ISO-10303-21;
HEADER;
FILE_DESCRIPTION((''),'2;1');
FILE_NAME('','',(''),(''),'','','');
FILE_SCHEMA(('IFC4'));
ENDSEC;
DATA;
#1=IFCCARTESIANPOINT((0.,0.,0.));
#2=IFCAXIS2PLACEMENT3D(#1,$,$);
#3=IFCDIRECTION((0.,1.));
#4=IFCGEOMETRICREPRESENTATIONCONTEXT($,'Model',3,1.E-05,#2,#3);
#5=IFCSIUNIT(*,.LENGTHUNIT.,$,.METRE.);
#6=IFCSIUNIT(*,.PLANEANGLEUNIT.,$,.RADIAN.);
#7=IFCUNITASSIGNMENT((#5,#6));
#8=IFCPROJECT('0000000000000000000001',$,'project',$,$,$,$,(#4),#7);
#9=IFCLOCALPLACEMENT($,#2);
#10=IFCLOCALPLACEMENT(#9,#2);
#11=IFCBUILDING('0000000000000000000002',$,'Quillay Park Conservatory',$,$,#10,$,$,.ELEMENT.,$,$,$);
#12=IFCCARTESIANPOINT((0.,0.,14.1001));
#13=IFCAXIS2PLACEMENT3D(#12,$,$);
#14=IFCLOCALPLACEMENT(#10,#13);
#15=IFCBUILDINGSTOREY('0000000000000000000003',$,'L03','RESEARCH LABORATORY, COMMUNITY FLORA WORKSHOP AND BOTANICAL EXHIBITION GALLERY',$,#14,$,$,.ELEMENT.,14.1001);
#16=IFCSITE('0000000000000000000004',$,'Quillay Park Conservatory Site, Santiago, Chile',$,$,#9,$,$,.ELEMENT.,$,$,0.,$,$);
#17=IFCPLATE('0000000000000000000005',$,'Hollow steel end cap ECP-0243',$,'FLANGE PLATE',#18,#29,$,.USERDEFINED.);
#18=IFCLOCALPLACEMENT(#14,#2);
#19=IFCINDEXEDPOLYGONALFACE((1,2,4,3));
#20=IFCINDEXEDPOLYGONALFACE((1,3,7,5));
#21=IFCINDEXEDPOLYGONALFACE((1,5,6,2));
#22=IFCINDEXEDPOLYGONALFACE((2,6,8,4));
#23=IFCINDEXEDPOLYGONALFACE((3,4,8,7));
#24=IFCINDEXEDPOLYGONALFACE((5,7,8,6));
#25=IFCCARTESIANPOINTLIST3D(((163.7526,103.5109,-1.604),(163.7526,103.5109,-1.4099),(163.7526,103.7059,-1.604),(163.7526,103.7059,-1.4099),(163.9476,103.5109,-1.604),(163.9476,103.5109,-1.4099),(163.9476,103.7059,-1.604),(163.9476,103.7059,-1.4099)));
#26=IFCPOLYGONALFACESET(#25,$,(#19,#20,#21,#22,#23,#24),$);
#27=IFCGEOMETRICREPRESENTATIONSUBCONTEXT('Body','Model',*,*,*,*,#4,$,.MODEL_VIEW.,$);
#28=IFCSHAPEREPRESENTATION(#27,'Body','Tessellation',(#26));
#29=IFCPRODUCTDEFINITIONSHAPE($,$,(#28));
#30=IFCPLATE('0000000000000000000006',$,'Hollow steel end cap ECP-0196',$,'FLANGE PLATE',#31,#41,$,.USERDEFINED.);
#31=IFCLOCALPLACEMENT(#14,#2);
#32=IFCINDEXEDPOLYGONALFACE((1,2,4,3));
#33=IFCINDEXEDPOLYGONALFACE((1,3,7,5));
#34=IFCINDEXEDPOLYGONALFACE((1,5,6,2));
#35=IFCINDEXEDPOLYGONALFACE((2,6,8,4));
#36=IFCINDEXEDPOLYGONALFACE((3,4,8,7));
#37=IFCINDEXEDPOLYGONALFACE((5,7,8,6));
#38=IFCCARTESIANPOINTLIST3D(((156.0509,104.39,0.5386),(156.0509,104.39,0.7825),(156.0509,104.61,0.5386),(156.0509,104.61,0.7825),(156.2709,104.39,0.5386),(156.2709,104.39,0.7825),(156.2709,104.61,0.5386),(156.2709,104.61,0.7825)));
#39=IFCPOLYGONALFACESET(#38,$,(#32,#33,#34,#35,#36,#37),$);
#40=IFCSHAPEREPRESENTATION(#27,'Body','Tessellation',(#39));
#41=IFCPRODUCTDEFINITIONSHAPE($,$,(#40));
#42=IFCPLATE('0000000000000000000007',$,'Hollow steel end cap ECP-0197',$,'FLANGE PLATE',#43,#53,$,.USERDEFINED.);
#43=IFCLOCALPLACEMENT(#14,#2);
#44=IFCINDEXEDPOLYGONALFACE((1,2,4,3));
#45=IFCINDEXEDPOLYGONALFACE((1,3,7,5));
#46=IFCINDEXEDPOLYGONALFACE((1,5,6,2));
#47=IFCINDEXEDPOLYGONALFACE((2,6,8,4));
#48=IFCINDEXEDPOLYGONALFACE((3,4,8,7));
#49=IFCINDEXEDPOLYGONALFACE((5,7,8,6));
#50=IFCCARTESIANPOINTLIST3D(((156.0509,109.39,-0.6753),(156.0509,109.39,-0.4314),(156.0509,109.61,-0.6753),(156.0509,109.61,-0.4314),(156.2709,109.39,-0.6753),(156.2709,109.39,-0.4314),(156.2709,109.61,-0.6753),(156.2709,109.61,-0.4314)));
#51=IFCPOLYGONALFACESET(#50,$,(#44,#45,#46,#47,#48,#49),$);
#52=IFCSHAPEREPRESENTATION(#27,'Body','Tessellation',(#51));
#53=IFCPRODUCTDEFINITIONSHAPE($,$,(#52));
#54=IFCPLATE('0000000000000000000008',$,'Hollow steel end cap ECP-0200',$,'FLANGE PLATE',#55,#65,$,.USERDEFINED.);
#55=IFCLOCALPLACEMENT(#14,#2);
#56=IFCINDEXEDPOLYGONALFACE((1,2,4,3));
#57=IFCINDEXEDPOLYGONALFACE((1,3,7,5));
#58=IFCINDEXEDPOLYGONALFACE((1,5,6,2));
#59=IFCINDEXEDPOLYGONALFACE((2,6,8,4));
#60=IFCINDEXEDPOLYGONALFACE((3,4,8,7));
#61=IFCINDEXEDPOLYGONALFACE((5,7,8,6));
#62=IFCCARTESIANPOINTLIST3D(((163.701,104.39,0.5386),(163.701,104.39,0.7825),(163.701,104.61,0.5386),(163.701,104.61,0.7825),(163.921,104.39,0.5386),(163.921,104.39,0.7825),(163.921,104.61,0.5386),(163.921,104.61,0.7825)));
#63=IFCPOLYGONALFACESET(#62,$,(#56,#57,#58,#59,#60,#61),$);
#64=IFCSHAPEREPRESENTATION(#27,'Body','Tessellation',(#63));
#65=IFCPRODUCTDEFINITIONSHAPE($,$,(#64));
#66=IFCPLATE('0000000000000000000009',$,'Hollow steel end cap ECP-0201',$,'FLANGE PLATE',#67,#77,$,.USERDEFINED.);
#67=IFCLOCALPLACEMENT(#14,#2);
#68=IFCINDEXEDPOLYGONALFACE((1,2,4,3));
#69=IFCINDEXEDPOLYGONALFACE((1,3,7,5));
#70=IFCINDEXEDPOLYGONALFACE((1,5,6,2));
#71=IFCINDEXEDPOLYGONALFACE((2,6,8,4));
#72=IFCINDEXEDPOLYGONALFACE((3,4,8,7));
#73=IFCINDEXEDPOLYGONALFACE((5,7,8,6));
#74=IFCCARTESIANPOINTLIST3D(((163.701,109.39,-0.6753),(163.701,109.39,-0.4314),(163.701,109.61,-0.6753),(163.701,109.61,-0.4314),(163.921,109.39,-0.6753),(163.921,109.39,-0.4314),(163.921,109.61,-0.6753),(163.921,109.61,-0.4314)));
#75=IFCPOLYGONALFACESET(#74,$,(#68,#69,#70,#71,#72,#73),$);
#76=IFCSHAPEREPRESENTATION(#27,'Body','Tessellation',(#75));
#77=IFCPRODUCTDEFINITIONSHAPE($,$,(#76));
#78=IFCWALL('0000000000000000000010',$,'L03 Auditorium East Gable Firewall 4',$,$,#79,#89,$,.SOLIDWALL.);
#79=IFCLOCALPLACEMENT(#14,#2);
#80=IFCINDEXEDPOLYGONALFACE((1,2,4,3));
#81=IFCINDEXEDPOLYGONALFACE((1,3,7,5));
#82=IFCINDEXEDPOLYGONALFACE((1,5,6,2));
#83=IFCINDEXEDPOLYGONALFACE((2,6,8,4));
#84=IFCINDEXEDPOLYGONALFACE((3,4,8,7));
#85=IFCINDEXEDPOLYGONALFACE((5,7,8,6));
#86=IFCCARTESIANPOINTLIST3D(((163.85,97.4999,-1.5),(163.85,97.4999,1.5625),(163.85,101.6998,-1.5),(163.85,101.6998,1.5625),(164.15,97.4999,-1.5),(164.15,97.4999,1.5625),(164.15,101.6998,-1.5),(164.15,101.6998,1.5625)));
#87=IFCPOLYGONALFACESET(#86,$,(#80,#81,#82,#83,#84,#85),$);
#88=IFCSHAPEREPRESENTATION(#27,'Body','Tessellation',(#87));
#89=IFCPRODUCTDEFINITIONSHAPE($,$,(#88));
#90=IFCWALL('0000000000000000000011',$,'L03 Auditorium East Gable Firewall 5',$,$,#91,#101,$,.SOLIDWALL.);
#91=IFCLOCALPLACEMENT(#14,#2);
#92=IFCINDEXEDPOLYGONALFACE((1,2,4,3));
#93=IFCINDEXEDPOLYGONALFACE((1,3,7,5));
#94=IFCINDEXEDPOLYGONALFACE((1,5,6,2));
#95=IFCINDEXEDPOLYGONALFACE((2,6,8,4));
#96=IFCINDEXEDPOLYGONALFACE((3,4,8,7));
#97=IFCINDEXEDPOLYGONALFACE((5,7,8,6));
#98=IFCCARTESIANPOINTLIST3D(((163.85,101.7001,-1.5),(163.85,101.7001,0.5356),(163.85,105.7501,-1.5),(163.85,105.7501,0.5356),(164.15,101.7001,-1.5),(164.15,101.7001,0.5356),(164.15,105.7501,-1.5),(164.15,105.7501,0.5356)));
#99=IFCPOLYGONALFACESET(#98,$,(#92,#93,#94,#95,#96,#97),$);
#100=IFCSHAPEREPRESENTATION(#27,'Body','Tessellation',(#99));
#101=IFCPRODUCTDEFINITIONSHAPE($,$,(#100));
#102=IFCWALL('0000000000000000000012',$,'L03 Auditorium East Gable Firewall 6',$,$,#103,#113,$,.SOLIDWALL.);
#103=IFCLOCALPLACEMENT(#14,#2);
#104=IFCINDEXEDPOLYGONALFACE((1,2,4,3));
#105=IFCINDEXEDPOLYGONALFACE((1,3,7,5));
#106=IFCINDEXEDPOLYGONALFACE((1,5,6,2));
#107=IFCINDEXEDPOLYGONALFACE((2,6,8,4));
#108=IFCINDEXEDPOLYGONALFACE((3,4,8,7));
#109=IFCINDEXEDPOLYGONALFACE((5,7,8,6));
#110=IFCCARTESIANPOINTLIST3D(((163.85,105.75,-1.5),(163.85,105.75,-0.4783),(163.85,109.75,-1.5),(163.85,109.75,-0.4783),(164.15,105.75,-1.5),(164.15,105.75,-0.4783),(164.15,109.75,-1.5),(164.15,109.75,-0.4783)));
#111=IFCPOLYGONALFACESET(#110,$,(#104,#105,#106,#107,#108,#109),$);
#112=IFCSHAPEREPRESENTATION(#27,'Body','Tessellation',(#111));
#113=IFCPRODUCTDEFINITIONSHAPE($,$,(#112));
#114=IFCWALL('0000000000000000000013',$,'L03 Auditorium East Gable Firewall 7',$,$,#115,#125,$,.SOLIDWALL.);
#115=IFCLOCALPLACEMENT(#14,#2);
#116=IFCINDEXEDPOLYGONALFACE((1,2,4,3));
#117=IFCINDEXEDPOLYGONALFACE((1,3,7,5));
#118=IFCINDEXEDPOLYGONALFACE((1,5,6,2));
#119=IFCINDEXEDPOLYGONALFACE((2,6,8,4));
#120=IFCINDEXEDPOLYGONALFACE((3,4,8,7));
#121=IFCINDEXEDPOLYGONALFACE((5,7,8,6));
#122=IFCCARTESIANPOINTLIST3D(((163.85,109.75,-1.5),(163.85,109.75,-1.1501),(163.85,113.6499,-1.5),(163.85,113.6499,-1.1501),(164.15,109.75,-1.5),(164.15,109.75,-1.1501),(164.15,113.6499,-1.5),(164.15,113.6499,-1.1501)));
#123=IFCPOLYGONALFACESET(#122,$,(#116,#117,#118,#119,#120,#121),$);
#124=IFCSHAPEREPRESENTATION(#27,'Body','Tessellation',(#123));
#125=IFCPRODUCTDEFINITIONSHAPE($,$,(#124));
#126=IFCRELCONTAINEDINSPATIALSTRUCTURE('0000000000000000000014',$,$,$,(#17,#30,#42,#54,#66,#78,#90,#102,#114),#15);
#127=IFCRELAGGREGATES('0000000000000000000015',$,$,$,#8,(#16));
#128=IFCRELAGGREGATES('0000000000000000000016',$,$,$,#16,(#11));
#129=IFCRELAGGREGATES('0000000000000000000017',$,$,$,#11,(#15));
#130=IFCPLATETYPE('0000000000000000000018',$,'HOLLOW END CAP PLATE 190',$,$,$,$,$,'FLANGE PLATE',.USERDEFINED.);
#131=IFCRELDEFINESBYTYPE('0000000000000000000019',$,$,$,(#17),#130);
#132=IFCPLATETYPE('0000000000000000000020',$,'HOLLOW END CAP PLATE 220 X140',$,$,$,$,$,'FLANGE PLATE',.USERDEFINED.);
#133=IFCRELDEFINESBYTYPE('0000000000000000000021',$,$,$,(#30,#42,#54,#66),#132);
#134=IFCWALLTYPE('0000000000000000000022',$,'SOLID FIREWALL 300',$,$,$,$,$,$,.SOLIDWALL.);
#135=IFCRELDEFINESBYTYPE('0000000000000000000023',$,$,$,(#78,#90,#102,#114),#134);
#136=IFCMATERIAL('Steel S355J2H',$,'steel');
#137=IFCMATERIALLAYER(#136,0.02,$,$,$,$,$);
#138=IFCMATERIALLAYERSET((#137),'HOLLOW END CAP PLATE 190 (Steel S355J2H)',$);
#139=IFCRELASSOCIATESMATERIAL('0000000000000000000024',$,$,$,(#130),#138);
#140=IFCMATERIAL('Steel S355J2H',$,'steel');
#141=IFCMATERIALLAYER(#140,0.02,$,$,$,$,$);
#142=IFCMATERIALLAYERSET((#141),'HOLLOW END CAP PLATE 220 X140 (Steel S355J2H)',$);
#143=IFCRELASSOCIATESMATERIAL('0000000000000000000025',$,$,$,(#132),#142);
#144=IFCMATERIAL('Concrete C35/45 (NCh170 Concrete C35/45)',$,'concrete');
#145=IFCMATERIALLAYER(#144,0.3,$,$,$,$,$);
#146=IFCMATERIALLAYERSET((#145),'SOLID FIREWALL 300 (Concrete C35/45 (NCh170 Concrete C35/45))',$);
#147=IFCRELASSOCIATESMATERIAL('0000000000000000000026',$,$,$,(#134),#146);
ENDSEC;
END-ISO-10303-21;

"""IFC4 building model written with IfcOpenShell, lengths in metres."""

from ifc_helpers import new_model, si_unit, direction, frame, frame_2d, origin, origin_2d, place, context, subcontext, project, spatial, rectangle, extrude, material, layer, layer_set, type_object, element, save


model = new_model("IFC4")

# Units and contexts
model_context = context("Model", 3, precision=1e-05, world=origin(), true_north=direction((0.0, 1.0)))
body_context = subcontext(model_context, "Body", "Model", "MODEL_VIEW")
ifc_project = project(units=[si_unit("LENGTHUNIT", "METRE"), si_unit("PLANEANGLEUNIT", "RADIAN")], contexts=[model_context])

# Site, building, storey
site_placement = place(None, origin())
site = spatial("IfcSite", under=ifc_project, at=site_placement, Name="Quillay Park Conservatory Site, Santiago, Chile", CompositionType="ELEMENT", RefElevation=0.0)
building_placement = place(site_placement, origin())
building = spatial("IfcBuilding", under=site, at=building_placement, Name="Quillay Park Conservatory", CompositionType="ELEMENT")
storey_placement = place(building_placement, frame((0.0, 0.0, 14.1001)))
storey = spatial("IfcBuildingStorey", under=building, at=storey_placement, Name="L03", Description="RESEARCH LABORATORY, COMMUNITY FLORA WORKSHOP AND BOTANICAL EXHIBITION GALLERY", CompositionType="ELEMENT", Elevation=14.1001)

# Plates
ifc_material_1 = material(Name="Steel S355J2H", Category="steel")
ifc_layer_1 = layer(ifc_material_1, 0.02)
ifc_layer_set_1 = layer_set([ifc_layer_1], Name="HOLLOW END CAP PLATE 190 (Steel S355J2H)")
plate_type_1 = type_object("IfcPlateType", Name="HOLLOW END CAP PLATE 190", ElementType="FLANGE PLATE", PredefinedType="USERDEFINED", material=ifc_layer_set_1)
plate_1_placement = place(storey_placement, frame((163.8501, 103.6084, -1.604), z_axis=(0.0, 0.0, 1.0), x_axis=(1.0, 0.0, 0.0)))
element("IfcPlate", 1, at=plate_1_placement, inside=storey, type_object=plate_type_1, Name="Hollow steel end cap ECP-0243", ObjectType="FLANGE PLATE", PredefinedType="USERDEFINED", context=body_context, shape_type="SweptSolid", body=[
    extrude(rectangle(XDim=0.1951, YDim=0.1951, at=origin_2d()), origin(), (0.0, 0.0, 1.0), 0.1941),
])
ifc_material_2 = material(Name="Steel S355J2H", Category="steel")
ifc_layer_2 = layer(ifc_material_2, 0.02)
ifc_layer_set_2 = layer_set([ifc_layer_2], Name="HOLLOW END CAP PLATE 220 X140 (Steel S355J2H)")
plate_type_2 = type_object("IfcPlateType", Name="HOLLOW END CAP PLATE 220 X140", ElementType="FLANGE PLATE", PredefinedType="USERDEFINED", material=ifc_layer_set_2)
for number, where, z_axis, x_axis, name in (
    (2, (156.1609, 104.5, 0.5386), (0.0, 0.0, 1.0), (1.0, 0.0, 0.0), "Hollow steel end cap ECP-0196"),
    (3, (156.1609, 109.5, -0.6753), (0.0, 0.0, 1.0), (1.0, 0.0, 0.0), "Hollow steel end cap ECP-0197"),
    (4, (163.811, 104.5, 0.5386), (0.0, 0.0, 1.0), (1.0, 0.0, 0.0), "Hollow steel end cap ECP-0200"),
    (5, (163.811, 109.5, -0.6753), (0.0, 0.0, 1.0), (1.0, 0.0, 0.0), "Hollow steel end cap ECP-0201"),
):
    element("IfcPlate", number, at=place(storey_placement, frame(where, z_axis=z_axis, x_axis=x_axis)), inside=storey, type_object=plate_type_2, Name=name, ObjectType="FLANGE PLATE", PredefinedType="USERDEFINED", context=body_context, shape_type="SweptSolid", body=[
        extrude(rectangle(XDim=0.22, YDim=0.22, at=origin_2d()), origin(), (0.0, 0.0, 1.0), 0.2439),
    ])

# Walls
ifc_material_3 = material(Name="Concrete C35/45 (NCh170 Concrete C35/45)", Category="concrete")
ifc_layer_3 = layer(ifc_material_3, 0.3)
ifc_layer_set_3 = layer_set([ifc_layer_3], Name="SOLID FIREWALL 300 (Concrete C35/45 (NCh170 Concrete C35/45))")
wall_type = type_object("IfcWallType", Name="SOLID FIREWALL 300", PredefinedType="SOLIDWALL", material=ifc_layer_set_3)
wall_1_placement = place(storey_placement, frame((164.0, 101.7, -1.5), z_axis=(0.0, 0.0, 1.0), x_axis=(0.0, -1.0, 0.0)))
element("IfcWall", 6, at=wall_1_placement, inside=storey, type_object=wall_type, Name="L03 Auditorium East Gable Firewall 4", PredefinedType="SOLIDWALL", context=body_context, shape_type="SweptSolid", body=[
    extrude(rectangle(XDim=4.2, YDim=0.3, at=frame_2d((2.1001, 0.0))), origin(), (0.0, 0.0, 1.0), 3.0625),
])
wall_2_placement = place(storey_placement, frame((164.0, 105.75, -1.5), z_axis=(0.0, 0.0, 1.0), x_axis=(0.0, -1.0, 0.0)))
element("IfcWall", 7, at=wall_2_placement, inside=storey, type_object=wall_type, Name="L03 Auditorium East Gable Firewall 5", PredefinedType="SOLIDWALL", context=body_context, shape_type="SweptSolid", body=[
    extrude(rectangle(XDim=4.05, YDim=0.3, at=frame_2d((2.0249, 0.0))), origin(), (0.0, 0.0, 1.0), 2.0356),
])
wall_3_placement = place(storey_placement, frame((164.0, 109.75, -1.5), z_axis=(0.0, 0.0, 1.0), x_axis=(0.0, -1.0, 0.0)))
element("IfcWall", 8, at=wall_3_placement, inside=storey, type_object=wall_type, Name="L03 Auditorium East Gable Firewall 6", PredefinedType="SOLIDWALL", context=body_context, shape_type="SweptSolid", body=[
    extrude(rectangle(XDim=4.0, YDim=0.3, at=frame_2d((2.0, 0.0))), origin(), (0.0, 0.0, 1.0), 1.0217),
])
wall_4_placement = place(storey_placement, frame((164.0, 113.6499, -1.5), z_axis=(0.0, 0.0, 1.0), x_axis=(0.0, -1.0, 0.0)))
element("IfcWall", 9, at=wall_4_placement, inside=storey, type_object=wall_type, Name="L03 Auditorium East Gable Firewall 7", PredefinedType="SOLIDWALL", context=body_context, shape_type="SweptSolid", body=[
    extrude(rectangle(XDim=3.8999, YDim=0.3, at=frame_2d((1.95, 0.0))), origin(), (0.0, 0.0, 1.0), 0.3499),
])

save(model, "model.ifc")
